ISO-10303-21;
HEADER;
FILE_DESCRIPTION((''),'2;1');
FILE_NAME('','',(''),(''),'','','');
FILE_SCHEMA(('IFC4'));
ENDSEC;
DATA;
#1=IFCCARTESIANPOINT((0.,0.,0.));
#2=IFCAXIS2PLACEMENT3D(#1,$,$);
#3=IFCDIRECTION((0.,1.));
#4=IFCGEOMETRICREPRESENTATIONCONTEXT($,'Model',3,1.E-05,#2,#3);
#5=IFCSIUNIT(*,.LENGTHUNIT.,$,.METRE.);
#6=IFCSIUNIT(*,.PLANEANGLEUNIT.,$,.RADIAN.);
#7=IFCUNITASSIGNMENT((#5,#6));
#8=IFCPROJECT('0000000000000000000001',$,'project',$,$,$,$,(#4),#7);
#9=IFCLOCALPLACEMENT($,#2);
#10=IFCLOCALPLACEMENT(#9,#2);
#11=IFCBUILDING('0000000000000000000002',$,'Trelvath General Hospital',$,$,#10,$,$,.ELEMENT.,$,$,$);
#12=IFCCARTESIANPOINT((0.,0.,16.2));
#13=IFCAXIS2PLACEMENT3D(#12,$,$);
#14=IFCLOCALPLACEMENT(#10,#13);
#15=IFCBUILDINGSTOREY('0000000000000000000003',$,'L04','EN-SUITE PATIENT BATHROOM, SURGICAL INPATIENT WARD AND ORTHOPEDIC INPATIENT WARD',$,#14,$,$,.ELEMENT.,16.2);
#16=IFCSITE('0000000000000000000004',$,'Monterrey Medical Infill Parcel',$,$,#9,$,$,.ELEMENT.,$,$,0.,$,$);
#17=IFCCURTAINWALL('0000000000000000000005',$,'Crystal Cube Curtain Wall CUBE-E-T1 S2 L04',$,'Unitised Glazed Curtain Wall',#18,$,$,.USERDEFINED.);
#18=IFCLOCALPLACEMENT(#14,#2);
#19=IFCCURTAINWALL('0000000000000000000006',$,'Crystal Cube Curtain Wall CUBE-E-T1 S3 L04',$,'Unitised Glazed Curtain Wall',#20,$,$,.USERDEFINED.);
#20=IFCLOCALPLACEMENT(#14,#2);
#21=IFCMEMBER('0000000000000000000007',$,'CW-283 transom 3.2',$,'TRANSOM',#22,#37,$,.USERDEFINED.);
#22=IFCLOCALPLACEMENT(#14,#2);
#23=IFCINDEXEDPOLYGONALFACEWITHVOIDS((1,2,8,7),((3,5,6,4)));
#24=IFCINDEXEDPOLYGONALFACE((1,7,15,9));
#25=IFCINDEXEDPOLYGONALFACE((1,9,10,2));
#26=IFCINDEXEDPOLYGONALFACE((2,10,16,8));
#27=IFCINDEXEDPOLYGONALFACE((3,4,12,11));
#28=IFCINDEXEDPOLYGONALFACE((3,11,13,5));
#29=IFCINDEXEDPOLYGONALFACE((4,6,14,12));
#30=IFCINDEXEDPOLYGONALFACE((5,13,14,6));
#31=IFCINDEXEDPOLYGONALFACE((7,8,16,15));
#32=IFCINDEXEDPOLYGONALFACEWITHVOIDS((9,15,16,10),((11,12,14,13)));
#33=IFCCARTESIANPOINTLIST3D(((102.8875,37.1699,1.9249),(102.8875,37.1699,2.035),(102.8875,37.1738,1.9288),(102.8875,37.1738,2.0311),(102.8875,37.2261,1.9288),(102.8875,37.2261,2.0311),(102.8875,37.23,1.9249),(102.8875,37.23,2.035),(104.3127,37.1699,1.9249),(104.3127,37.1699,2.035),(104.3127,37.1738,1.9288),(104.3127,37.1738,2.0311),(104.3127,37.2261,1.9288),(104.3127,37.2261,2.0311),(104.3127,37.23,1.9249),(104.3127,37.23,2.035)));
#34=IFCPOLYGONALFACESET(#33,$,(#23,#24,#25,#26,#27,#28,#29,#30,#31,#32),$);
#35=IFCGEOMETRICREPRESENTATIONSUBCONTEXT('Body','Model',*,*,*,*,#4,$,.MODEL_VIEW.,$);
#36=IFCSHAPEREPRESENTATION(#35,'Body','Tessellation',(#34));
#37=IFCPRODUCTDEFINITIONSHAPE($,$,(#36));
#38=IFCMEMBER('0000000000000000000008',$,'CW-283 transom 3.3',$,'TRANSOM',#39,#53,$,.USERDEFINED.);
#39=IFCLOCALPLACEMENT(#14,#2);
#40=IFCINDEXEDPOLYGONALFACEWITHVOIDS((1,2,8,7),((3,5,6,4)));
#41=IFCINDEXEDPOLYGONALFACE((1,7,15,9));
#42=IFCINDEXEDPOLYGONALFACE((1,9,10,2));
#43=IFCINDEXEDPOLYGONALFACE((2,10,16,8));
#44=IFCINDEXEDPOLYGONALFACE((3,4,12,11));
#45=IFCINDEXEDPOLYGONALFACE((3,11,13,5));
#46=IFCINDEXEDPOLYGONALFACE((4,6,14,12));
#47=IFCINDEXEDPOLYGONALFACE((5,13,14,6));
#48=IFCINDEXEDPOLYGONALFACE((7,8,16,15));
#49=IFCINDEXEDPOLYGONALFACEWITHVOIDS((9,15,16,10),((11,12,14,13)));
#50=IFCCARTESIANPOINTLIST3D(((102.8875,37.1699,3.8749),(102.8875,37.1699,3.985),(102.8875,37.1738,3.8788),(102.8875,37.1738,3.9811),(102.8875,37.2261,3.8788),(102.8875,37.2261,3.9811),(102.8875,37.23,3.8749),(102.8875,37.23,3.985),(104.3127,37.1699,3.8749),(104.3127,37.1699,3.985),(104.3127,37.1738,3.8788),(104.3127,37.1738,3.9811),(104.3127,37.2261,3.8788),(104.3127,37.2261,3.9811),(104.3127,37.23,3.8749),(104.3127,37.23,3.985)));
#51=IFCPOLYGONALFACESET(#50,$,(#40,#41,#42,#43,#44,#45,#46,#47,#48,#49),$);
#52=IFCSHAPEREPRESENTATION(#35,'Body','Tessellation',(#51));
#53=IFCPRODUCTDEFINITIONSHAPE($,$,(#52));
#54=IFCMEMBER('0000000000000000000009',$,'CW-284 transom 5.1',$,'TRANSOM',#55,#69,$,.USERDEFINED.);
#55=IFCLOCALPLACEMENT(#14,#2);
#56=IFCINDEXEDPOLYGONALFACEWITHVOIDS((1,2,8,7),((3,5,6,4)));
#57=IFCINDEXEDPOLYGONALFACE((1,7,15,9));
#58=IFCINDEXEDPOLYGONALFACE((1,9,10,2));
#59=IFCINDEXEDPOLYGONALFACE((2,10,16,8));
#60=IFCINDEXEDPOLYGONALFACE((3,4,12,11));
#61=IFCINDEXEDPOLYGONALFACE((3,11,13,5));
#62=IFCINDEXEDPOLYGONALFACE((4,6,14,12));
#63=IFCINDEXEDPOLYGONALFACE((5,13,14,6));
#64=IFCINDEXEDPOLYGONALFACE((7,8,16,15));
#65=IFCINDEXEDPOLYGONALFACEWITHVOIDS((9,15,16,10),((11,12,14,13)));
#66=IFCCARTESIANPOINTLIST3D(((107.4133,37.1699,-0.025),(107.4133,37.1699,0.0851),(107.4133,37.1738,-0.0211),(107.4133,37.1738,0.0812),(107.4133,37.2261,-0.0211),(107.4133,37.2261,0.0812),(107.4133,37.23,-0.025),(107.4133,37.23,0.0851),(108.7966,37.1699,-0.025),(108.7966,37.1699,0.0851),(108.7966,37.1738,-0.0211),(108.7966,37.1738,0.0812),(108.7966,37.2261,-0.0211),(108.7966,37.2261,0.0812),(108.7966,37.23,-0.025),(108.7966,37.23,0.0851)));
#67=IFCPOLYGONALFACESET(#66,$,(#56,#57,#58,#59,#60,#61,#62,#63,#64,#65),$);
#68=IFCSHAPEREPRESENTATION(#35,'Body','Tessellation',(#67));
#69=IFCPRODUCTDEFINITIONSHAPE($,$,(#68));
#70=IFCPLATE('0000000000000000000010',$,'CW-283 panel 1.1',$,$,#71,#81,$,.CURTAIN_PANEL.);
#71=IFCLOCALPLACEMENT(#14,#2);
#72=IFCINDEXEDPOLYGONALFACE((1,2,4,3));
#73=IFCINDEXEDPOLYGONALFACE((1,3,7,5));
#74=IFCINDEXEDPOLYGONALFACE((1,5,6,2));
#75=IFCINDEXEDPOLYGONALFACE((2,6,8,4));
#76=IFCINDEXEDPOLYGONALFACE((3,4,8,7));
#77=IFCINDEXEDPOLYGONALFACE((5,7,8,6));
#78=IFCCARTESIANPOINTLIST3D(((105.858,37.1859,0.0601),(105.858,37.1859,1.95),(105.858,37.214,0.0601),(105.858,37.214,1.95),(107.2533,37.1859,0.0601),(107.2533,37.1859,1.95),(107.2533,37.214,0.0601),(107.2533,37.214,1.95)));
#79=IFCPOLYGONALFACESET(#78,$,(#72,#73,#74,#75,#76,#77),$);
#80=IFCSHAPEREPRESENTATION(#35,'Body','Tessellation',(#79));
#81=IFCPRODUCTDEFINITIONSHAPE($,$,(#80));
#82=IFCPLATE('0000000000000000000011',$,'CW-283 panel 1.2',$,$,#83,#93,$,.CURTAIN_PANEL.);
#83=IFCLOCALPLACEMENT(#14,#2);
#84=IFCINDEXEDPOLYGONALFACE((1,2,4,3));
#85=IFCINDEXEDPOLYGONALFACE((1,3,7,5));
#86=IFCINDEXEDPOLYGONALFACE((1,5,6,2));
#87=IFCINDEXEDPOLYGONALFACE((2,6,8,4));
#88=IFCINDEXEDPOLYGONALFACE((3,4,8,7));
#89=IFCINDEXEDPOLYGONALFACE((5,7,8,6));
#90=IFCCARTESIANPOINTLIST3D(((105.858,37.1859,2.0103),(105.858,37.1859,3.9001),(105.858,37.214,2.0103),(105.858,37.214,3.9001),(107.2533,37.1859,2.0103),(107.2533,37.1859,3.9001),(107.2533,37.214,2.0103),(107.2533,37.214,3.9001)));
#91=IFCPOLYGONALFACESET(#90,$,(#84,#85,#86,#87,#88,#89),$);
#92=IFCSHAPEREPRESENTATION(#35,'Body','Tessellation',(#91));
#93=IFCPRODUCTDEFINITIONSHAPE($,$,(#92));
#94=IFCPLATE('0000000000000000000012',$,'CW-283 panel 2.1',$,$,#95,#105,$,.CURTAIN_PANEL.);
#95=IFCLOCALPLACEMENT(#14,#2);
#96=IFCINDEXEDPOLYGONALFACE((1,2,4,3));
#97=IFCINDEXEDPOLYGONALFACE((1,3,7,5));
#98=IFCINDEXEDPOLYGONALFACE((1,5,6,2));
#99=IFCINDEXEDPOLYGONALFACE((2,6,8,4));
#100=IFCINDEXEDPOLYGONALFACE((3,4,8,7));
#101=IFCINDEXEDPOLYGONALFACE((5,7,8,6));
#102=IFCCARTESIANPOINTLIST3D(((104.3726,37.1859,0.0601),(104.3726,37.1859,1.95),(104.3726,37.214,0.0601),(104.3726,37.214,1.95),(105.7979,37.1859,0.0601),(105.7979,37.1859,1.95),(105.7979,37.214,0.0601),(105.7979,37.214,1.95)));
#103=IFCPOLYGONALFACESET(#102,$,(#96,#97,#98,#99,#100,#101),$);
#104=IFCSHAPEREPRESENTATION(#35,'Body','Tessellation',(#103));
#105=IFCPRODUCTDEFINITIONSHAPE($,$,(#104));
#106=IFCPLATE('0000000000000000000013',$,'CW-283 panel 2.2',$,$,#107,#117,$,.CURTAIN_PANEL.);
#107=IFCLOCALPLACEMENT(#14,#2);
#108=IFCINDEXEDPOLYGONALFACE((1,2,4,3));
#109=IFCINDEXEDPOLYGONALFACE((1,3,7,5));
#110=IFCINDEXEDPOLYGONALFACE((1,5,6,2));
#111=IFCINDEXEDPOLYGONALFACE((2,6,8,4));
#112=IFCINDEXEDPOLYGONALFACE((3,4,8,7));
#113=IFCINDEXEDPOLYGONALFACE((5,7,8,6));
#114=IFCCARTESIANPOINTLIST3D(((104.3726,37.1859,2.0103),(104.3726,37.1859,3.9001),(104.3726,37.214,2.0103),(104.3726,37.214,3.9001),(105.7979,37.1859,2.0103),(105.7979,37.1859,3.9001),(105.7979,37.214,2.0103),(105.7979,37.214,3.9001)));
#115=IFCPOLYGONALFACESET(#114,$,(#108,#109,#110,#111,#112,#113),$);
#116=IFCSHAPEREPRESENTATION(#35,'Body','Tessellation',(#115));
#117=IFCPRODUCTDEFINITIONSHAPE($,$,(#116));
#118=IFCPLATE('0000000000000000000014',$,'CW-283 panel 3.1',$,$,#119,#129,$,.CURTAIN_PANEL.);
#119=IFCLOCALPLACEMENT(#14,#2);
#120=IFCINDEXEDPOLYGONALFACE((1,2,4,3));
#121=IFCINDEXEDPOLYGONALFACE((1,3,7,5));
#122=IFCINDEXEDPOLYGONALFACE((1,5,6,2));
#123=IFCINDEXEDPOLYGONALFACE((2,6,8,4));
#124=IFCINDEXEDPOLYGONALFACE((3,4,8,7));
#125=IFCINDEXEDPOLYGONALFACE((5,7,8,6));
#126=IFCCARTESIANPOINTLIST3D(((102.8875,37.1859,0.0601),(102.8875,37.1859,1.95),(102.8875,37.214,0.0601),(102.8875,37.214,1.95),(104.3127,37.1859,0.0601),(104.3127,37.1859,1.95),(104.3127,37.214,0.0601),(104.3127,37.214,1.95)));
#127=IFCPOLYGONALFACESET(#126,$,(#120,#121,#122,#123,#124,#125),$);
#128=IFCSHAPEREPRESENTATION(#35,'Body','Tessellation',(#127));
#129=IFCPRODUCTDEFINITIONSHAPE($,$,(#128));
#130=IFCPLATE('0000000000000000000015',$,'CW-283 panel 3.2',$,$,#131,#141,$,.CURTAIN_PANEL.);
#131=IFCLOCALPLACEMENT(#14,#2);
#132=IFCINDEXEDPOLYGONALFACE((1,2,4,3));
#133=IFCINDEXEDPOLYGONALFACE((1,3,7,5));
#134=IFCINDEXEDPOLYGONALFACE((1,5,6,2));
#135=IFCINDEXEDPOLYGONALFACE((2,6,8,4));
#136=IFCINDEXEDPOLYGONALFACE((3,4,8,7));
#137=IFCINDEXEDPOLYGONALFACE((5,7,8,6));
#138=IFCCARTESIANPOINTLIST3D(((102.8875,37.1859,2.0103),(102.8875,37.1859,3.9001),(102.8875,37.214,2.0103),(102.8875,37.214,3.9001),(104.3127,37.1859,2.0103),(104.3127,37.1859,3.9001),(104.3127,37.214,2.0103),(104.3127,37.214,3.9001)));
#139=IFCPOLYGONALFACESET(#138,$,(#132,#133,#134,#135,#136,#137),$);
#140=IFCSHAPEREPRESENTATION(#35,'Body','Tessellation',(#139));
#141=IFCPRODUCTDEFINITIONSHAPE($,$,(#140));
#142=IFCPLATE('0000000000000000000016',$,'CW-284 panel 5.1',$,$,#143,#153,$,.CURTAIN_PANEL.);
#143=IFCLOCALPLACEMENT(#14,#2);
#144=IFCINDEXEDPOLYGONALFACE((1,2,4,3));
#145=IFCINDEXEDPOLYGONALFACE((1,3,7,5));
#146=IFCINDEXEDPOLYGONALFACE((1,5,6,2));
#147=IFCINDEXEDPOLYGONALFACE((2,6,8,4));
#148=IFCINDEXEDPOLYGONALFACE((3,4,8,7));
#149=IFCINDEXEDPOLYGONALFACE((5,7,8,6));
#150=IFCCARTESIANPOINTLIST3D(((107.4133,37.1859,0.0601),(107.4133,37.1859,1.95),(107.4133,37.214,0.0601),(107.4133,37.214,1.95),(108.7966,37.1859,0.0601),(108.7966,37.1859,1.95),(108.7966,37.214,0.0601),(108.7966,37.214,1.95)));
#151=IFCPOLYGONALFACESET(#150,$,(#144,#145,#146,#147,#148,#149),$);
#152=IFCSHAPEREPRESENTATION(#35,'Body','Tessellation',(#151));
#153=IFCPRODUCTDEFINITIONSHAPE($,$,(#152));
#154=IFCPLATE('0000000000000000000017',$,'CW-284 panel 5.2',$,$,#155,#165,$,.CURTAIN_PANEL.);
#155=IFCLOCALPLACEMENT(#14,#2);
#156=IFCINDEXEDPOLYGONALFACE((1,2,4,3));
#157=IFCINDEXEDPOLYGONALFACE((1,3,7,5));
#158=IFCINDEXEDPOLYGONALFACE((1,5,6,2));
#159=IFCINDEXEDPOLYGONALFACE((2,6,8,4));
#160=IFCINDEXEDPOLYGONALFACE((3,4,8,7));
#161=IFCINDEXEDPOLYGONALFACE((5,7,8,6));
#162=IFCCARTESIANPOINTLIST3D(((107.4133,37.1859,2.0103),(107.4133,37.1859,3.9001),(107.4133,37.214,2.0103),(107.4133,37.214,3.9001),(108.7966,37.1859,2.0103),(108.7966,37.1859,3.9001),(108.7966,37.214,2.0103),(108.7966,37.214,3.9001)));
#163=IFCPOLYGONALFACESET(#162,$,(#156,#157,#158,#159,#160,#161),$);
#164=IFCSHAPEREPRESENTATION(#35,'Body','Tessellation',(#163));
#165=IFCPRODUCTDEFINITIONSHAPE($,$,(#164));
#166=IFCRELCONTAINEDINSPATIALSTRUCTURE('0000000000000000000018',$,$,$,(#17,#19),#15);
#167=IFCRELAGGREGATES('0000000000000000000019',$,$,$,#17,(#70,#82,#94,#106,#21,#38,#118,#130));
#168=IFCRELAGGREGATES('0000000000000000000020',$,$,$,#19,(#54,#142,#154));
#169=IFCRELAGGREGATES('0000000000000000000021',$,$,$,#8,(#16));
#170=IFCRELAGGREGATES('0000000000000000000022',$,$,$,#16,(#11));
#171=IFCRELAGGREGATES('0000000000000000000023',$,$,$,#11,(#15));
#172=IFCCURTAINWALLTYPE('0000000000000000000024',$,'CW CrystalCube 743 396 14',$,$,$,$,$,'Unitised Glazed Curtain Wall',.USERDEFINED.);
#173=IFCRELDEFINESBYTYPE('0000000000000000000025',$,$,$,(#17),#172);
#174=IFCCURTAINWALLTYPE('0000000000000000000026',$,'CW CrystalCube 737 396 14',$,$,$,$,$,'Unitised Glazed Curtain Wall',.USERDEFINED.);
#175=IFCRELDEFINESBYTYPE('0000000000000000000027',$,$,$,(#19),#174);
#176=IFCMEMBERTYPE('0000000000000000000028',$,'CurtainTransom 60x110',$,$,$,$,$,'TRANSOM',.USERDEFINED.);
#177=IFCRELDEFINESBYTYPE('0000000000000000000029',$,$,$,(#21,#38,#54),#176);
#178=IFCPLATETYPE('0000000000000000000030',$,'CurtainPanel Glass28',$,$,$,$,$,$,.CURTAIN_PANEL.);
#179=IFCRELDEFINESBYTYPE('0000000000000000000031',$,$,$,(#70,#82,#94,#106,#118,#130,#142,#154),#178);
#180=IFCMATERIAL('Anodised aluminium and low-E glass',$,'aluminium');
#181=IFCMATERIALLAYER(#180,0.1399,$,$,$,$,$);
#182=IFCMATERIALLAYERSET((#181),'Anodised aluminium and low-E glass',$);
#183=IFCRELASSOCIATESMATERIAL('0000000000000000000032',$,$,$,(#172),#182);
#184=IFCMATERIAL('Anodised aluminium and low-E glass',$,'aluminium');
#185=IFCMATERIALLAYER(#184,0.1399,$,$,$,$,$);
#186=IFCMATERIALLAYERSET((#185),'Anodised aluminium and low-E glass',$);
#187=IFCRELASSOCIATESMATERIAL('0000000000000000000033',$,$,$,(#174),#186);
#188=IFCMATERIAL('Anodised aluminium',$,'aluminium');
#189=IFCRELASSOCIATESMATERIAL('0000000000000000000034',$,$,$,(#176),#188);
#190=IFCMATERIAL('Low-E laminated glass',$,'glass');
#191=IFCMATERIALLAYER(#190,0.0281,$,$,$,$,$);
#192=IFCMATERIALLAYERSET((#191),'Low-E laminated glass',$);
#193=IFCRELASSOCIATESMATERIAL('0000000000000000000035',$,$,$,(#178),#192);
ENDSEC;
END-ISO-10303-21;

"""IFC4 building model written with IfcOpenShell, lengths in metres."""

from ifc_helpers import new_model, si_unit, direction, frame, origin, origin_2d, place, context, subcontext, project, spatial, rectangle, hollow_rectangle, extrude, material, layer, layer_set, material_profile, profile_set, type_object, element, aggregate, save


model = new_model("IFC4")

# Units and contexts
model_context = context("Model", 3, precision=1e-05, world=origin(), true_north=direction((0.0, 1.0)))
body_context = subcontext(model_context, "Body", "Model", "MODEL_VIEW")
ifc_project = project(units=[si_unit("LENGTHUNIT", "METRE"), si_unit("PLANEANGLEUNIT", "RADIAN")], contexts=[model_context])

# Site, building, storey
site_placement = place(None, origin())
site = spatial("IfcSite", under=ifc_project, at=site_placement, Name="Monterrey Medical Infill Parcel", CompositionType="ELEMENT", RefElevation=0.0)
building_placement = place(site_placement, origin())
building = spatial("IfcBuilding", under=site, at=building_placement, Name="Trelvath General Hospital", CompositionType="ELEMENT")
storey_placement = place(building_placement, frame((0.0, 0.0, 16.2)))
storey = spatial("IfcBuildingStorey", under=building, at=storey_placement, Name="L04", Description="EN-SUITE PATIENT BATHROOM, SURGICAL INPATIENT WARD AND ORTHOPEDIC INPATIENT WARD", CompositionType="ELEMENT", Elevation=16.2)

# Curtain wall
ifc_material_1 = material(Name="Anodised aluminium and low-E glass", Category="aluminium")
ifc_layer_1 = layer(ifc_material_1, 0.1399)
ifc_layer_set_1 = layer_set([ifc_layer_1], Name="Anodised aluminium and low-E glass")
curtain_wall_type_1 = type_object("IfcCurtainWallType", Name="CW CrystalCube 743 396 14", ElementType="Unitised Glazed Curtain Wall", PredefinedType="USERDEFINED", material=ifc_layer_set_1)
curtain_wall_1_placement = place(storey_placement, origin())
curtain_wall_1 = element("IfcCurtainWall", 1, at=curtain_wall_1_placement, inside=storey, type_object=curtain_wall_type_1, Name="Crystal Cube Curtain Wall CUBE-E-T1 S2 L04", ObjectType="Unitised Glazed Curtain Wall", PredefinedType="USERDEFINED")

# Curtain wall
ifc_material_2 = material(Name="Anodised aluminium and low-E glass", Category="aluminium")
ifc_layer_2 = layer(ifc_material_2, 0.1399)
ifc_layer_set_2 = layer_set([ifc_layer_2], Name="Anodised aluminium and low-E glass")
curtain_wall_type_2 = type_object("IfcCurtainWallType", Name="CW CrystalCube 737 396 14", ElementType="Unitised Glazed Curtain Wall", PredefinedType="USERDEFINED", material=ifc_layer_set_2)
curtain_wall_2_placement = place(storey_placement, origin())
curtain_wall_2 = element("IfcCurtainWall", 2, at=curtain_wall_2_placement, inside=storey, type_object=curtain_wall_type_2, Name="Crystal Cube Curtain Wall CUBE-E-T1 S3 L04", ObjectType="Unitised Glazed Curtain Wall", PredefinedType="USERDEFINED")

# Members
ifc_material_3 = material(Name="Anodised aluminium", Category="aluminium")
ifc_material_profile_1 = material_profile(ifc_material_3, hollow_rectangle(XDim=0.0601, YDim=0.1101, WallThickness=0.0039, at=origin_2d()), Name="RHS60x110x4")
ifc_profile_set_1 = profile_set([ifc_material_profile_1], Name="Anodised aluminium")
member_type_1 = type_object("IfcMemberType", Name="CurtainTransom 60x110", ElementType="TRANSOM", PredefinedType="USERDEFINED", material=ifc_profile_set_1)
member_1_placement = place(storey_placement, frame((104.3127, 37.2, 1.98), z_axis=(-1.0, 0.0, 0.0), x_axis=(0.0, -1.0, 0.0)))
member_1 = element("IfcMember", 3, at=member_1_placement, type_object=member_type_1, Name="CW-283 transom 3.2", ObjectType="TRANSOM", PredefinedType="USERDEFINED", context=body_context, shape_type="SweptSolid", body=[
    extrude(hollow_rectangle(XDim=0.0601, YDim=0.1101, WallThickness=0.0039, at=origin_2d()), origin(), (0.0, 0.0, 1.0), 1.4253),
])
member_2_placement = place(storey_placement, frame((104.3127, 37.2, 3.9299), z_axis=(-1.0, 0.0, 0.0), x_axis=(0.0, -1.0, 0.0)))
member_2 = element("IfcMember", 4, at=member_2_placement, type_object=member_type_1, Name="CW-283 transom 3.3", ObjectType="TRANSOM", PredefinedType="USERDEFINED", context=body_context, shape_type="SweptSolid", body=[
    extrude(hollow_rectangle(XDim=0.0601, YDim=0.1101, WallThickness=0.0039, at=origin_2d()), origin(), (0.0, 0.0, 1.0), 1.4253),
])
member_3_placement = place(storey_placement, frame((108.7966, 37.2, 0.03), z_axis=(-1.0, 0.0, 0.0), x_axis=(0.0, -1.0, 0.0)))
member_3 = element("IfcMember", 5, at=member_3_placement, type_object=member_type_1, Name="CW-284 transom 5.1", ObjectType="TRANSOM", PredefinedType="USERDEFINED", context=body_context, shape_type="SweptSolid", body=[
    extrude(hollow_rectangle(XDim=0.0601, YDim=0.1101, WallThickness=0.0039, at=origin_2d()), origin(), (0.0, 0.0, 1.0), 1.3833),
])

# Plates
ifc_material_4 = material(Name="Low-E laminated glass", Category="glass")
ifc_layer_3 = layer(ifc_material_4, 0.0281)
ifc_layer_set_3 = layer_set([ifc_layer_3], Name="Low-E laminated glass")
plate_type = type_object("IfcPlateType", Name="CurtainPanel Glass28", PredefinedType="CURTAIN_PANEL", material=ifc_layer_set_3)
plate_1_placement = place(storey_placement, frame((106.5557, 37.2, 0.0601), z_axis=(0.0, 0.0, 1.0), x_axis=(-1.0, 0.0, 0.0)))
plate_1 = element("IfcPlate", 6, at=plate_1_placement, type_object=plate_type, Name="CW-283 panel 1.1", PredefinedType="CURTAIN_PANEL", context=body_context, shape_type="SweptSolid", body=[
    extrude(rectangle(XDim=1.3953, YDim=0.0281, at=origin_2d()), origin(), (0.0, 0.0, 1.0), 1.8899),
])
plate_2_placement = place(storey_placement, frame((106.5557, 37.2, 2.0103), z_axis=(0.0, 0.0, 1.0), x_axis=(-1.0, 0.0, 0.0)))
plate_2 = element("IfcPlate", 7, at=plate_2_placement, type_object=plate_type, Name="CW-283 panel 1.2", PredefinedType="CURTAIN_PANEL", context=body_context, shape_type="SweptSolid", body=[
    extrude(rectangle(XDim=1.3953, YDim=0.0281, at=origin_2d()), origin(), (0.0, 0.0, 1.0), 1.8899),
])
plate_3_placement = place(storey_placement, frame((105.0852, 37.2, 0.0601), z_axis=(0.0, 0.0, 1.0), x_axis=(-1.0, 0.0, 0.0)))
plate_3 = element("IfcPlate", 8, at=plate_3_placement, type_object=plate_type, Name="CW-283 panel 2.1", PredefinedType="CURTAIN_PANEL", context=body_context, shape_type="SweptSolid", body=[
    extrude(rectangle(XDim=1.4253, YDim=0.0281, at=origin_2d()), origin(), (0.0, 0.0, 1.0), 1.8899),
])
plate_4_placement = place(storey_placement, frame((105.0852, 37.2, 2.0103), z_axis=(0.0, 0.0, 1.0), x_axis=(-1.0, 0.0, 0.0)))
plate_4 = element("IfcPlate", 9, at=plate_4_placement, type_object=plate_type, Name="CW-283 panel 2.2", PredefinedType="CURTAIN_PANEL", context=body_context, shape_type="SweptSolid", body=[
    extrude(rectangle(XDim=1.4253, YDim=0.0281, at=origin_2d()), origin(), (0.0, 0.0, 1.0), 1.8899),
])
plate_5_placement = place(storey_placement, frame((103.6001, 37.2, 0.0601), z_axis=(0.0, 0.0, 1.0), x_axis=(-1.0, 0.0, 0.0)))
plate_5 = element("IfcPlate", 10, at=plate_5_placement, type_object=plate_type, Name="CW-283 panel 3.1", PredefinedType="CURTAIN_PANEL", context=body_context, shape_type="SweptSolid", body=[
    extrude(rectangle(XDim=1.4253, YDim=0.0281, at=origin_2d()), origin(), (0.0, 0.0, 1.0), 1.8899),
])
plate_6_placement = place(storey_placement, frame((103.6001, 37.2, 2.0103), z_axis=(0.0, 0.0, 1.0), x_axis=(-1.0, 0.0, 0.0)))
plate_6 = element("IfcPlate", 11, at=plate_6_placement, type_object=plate_type, Name="CW-283 panel 3.2", PredefinedType="CURTAIN_PANEL", context=body_context, shape_type="SweptSolid", body=[
    extrude(rectangle(XDim=1.4253, YDim=0.0281, at=origin_2d()), origin(), (0.0, 0.0, 1.0), 1.8899),
])
aggregate(curtain_wall_1, [plate_1, plate_2, plate_3, plate_4, member_1, member_2, plate_5, plate_6])
plate_7_placement = place(storey_placement, frame((108.105, 37.2, 0.0601), z_axis=(0.0, 0.0, 1.0), x_axis=(-1.0, 0.0, 0.0)))
plate_7 = element("IfcPlate", 12, at=plate_7_placement, type_object=plate_type, Name="CW-284 panel 5.1", PredefinedType="CURTAIN_PANEL", context=body_context, shape_type="SweptSolid", body=[
    extrude(rectangle(XDim=1.3833, YDim=0.0281, at=origin_2d()), origin(), (0.0, 0.0, 1.0), 1.8899),
])
plate_8_placement = place(storey_placement, frame((108.105, 37.2, 2.0103), z_axis=(0.0, 0.0, 1.0), x_axis=(-1.0, 0.0, 0.0)))
plate_8 = element("IfcPlate", 13, at=plate_8_placement, type_object=plate_type, Name="CW-284 panel 5.2", PredefinedType="CURTAIN_PANEL", context=body_context, shape_type="SweptSolid", body=[
    extrude(rectangle(XDim=1.3833, YDim=0.0281, at=origin_2d()), origin(), (0.0, 0.0, 1.0), 1.8899),
])
aggregate(curtain_wall_2, [member_3, plate_7, plate_8])

save(model, "model.ifc")
